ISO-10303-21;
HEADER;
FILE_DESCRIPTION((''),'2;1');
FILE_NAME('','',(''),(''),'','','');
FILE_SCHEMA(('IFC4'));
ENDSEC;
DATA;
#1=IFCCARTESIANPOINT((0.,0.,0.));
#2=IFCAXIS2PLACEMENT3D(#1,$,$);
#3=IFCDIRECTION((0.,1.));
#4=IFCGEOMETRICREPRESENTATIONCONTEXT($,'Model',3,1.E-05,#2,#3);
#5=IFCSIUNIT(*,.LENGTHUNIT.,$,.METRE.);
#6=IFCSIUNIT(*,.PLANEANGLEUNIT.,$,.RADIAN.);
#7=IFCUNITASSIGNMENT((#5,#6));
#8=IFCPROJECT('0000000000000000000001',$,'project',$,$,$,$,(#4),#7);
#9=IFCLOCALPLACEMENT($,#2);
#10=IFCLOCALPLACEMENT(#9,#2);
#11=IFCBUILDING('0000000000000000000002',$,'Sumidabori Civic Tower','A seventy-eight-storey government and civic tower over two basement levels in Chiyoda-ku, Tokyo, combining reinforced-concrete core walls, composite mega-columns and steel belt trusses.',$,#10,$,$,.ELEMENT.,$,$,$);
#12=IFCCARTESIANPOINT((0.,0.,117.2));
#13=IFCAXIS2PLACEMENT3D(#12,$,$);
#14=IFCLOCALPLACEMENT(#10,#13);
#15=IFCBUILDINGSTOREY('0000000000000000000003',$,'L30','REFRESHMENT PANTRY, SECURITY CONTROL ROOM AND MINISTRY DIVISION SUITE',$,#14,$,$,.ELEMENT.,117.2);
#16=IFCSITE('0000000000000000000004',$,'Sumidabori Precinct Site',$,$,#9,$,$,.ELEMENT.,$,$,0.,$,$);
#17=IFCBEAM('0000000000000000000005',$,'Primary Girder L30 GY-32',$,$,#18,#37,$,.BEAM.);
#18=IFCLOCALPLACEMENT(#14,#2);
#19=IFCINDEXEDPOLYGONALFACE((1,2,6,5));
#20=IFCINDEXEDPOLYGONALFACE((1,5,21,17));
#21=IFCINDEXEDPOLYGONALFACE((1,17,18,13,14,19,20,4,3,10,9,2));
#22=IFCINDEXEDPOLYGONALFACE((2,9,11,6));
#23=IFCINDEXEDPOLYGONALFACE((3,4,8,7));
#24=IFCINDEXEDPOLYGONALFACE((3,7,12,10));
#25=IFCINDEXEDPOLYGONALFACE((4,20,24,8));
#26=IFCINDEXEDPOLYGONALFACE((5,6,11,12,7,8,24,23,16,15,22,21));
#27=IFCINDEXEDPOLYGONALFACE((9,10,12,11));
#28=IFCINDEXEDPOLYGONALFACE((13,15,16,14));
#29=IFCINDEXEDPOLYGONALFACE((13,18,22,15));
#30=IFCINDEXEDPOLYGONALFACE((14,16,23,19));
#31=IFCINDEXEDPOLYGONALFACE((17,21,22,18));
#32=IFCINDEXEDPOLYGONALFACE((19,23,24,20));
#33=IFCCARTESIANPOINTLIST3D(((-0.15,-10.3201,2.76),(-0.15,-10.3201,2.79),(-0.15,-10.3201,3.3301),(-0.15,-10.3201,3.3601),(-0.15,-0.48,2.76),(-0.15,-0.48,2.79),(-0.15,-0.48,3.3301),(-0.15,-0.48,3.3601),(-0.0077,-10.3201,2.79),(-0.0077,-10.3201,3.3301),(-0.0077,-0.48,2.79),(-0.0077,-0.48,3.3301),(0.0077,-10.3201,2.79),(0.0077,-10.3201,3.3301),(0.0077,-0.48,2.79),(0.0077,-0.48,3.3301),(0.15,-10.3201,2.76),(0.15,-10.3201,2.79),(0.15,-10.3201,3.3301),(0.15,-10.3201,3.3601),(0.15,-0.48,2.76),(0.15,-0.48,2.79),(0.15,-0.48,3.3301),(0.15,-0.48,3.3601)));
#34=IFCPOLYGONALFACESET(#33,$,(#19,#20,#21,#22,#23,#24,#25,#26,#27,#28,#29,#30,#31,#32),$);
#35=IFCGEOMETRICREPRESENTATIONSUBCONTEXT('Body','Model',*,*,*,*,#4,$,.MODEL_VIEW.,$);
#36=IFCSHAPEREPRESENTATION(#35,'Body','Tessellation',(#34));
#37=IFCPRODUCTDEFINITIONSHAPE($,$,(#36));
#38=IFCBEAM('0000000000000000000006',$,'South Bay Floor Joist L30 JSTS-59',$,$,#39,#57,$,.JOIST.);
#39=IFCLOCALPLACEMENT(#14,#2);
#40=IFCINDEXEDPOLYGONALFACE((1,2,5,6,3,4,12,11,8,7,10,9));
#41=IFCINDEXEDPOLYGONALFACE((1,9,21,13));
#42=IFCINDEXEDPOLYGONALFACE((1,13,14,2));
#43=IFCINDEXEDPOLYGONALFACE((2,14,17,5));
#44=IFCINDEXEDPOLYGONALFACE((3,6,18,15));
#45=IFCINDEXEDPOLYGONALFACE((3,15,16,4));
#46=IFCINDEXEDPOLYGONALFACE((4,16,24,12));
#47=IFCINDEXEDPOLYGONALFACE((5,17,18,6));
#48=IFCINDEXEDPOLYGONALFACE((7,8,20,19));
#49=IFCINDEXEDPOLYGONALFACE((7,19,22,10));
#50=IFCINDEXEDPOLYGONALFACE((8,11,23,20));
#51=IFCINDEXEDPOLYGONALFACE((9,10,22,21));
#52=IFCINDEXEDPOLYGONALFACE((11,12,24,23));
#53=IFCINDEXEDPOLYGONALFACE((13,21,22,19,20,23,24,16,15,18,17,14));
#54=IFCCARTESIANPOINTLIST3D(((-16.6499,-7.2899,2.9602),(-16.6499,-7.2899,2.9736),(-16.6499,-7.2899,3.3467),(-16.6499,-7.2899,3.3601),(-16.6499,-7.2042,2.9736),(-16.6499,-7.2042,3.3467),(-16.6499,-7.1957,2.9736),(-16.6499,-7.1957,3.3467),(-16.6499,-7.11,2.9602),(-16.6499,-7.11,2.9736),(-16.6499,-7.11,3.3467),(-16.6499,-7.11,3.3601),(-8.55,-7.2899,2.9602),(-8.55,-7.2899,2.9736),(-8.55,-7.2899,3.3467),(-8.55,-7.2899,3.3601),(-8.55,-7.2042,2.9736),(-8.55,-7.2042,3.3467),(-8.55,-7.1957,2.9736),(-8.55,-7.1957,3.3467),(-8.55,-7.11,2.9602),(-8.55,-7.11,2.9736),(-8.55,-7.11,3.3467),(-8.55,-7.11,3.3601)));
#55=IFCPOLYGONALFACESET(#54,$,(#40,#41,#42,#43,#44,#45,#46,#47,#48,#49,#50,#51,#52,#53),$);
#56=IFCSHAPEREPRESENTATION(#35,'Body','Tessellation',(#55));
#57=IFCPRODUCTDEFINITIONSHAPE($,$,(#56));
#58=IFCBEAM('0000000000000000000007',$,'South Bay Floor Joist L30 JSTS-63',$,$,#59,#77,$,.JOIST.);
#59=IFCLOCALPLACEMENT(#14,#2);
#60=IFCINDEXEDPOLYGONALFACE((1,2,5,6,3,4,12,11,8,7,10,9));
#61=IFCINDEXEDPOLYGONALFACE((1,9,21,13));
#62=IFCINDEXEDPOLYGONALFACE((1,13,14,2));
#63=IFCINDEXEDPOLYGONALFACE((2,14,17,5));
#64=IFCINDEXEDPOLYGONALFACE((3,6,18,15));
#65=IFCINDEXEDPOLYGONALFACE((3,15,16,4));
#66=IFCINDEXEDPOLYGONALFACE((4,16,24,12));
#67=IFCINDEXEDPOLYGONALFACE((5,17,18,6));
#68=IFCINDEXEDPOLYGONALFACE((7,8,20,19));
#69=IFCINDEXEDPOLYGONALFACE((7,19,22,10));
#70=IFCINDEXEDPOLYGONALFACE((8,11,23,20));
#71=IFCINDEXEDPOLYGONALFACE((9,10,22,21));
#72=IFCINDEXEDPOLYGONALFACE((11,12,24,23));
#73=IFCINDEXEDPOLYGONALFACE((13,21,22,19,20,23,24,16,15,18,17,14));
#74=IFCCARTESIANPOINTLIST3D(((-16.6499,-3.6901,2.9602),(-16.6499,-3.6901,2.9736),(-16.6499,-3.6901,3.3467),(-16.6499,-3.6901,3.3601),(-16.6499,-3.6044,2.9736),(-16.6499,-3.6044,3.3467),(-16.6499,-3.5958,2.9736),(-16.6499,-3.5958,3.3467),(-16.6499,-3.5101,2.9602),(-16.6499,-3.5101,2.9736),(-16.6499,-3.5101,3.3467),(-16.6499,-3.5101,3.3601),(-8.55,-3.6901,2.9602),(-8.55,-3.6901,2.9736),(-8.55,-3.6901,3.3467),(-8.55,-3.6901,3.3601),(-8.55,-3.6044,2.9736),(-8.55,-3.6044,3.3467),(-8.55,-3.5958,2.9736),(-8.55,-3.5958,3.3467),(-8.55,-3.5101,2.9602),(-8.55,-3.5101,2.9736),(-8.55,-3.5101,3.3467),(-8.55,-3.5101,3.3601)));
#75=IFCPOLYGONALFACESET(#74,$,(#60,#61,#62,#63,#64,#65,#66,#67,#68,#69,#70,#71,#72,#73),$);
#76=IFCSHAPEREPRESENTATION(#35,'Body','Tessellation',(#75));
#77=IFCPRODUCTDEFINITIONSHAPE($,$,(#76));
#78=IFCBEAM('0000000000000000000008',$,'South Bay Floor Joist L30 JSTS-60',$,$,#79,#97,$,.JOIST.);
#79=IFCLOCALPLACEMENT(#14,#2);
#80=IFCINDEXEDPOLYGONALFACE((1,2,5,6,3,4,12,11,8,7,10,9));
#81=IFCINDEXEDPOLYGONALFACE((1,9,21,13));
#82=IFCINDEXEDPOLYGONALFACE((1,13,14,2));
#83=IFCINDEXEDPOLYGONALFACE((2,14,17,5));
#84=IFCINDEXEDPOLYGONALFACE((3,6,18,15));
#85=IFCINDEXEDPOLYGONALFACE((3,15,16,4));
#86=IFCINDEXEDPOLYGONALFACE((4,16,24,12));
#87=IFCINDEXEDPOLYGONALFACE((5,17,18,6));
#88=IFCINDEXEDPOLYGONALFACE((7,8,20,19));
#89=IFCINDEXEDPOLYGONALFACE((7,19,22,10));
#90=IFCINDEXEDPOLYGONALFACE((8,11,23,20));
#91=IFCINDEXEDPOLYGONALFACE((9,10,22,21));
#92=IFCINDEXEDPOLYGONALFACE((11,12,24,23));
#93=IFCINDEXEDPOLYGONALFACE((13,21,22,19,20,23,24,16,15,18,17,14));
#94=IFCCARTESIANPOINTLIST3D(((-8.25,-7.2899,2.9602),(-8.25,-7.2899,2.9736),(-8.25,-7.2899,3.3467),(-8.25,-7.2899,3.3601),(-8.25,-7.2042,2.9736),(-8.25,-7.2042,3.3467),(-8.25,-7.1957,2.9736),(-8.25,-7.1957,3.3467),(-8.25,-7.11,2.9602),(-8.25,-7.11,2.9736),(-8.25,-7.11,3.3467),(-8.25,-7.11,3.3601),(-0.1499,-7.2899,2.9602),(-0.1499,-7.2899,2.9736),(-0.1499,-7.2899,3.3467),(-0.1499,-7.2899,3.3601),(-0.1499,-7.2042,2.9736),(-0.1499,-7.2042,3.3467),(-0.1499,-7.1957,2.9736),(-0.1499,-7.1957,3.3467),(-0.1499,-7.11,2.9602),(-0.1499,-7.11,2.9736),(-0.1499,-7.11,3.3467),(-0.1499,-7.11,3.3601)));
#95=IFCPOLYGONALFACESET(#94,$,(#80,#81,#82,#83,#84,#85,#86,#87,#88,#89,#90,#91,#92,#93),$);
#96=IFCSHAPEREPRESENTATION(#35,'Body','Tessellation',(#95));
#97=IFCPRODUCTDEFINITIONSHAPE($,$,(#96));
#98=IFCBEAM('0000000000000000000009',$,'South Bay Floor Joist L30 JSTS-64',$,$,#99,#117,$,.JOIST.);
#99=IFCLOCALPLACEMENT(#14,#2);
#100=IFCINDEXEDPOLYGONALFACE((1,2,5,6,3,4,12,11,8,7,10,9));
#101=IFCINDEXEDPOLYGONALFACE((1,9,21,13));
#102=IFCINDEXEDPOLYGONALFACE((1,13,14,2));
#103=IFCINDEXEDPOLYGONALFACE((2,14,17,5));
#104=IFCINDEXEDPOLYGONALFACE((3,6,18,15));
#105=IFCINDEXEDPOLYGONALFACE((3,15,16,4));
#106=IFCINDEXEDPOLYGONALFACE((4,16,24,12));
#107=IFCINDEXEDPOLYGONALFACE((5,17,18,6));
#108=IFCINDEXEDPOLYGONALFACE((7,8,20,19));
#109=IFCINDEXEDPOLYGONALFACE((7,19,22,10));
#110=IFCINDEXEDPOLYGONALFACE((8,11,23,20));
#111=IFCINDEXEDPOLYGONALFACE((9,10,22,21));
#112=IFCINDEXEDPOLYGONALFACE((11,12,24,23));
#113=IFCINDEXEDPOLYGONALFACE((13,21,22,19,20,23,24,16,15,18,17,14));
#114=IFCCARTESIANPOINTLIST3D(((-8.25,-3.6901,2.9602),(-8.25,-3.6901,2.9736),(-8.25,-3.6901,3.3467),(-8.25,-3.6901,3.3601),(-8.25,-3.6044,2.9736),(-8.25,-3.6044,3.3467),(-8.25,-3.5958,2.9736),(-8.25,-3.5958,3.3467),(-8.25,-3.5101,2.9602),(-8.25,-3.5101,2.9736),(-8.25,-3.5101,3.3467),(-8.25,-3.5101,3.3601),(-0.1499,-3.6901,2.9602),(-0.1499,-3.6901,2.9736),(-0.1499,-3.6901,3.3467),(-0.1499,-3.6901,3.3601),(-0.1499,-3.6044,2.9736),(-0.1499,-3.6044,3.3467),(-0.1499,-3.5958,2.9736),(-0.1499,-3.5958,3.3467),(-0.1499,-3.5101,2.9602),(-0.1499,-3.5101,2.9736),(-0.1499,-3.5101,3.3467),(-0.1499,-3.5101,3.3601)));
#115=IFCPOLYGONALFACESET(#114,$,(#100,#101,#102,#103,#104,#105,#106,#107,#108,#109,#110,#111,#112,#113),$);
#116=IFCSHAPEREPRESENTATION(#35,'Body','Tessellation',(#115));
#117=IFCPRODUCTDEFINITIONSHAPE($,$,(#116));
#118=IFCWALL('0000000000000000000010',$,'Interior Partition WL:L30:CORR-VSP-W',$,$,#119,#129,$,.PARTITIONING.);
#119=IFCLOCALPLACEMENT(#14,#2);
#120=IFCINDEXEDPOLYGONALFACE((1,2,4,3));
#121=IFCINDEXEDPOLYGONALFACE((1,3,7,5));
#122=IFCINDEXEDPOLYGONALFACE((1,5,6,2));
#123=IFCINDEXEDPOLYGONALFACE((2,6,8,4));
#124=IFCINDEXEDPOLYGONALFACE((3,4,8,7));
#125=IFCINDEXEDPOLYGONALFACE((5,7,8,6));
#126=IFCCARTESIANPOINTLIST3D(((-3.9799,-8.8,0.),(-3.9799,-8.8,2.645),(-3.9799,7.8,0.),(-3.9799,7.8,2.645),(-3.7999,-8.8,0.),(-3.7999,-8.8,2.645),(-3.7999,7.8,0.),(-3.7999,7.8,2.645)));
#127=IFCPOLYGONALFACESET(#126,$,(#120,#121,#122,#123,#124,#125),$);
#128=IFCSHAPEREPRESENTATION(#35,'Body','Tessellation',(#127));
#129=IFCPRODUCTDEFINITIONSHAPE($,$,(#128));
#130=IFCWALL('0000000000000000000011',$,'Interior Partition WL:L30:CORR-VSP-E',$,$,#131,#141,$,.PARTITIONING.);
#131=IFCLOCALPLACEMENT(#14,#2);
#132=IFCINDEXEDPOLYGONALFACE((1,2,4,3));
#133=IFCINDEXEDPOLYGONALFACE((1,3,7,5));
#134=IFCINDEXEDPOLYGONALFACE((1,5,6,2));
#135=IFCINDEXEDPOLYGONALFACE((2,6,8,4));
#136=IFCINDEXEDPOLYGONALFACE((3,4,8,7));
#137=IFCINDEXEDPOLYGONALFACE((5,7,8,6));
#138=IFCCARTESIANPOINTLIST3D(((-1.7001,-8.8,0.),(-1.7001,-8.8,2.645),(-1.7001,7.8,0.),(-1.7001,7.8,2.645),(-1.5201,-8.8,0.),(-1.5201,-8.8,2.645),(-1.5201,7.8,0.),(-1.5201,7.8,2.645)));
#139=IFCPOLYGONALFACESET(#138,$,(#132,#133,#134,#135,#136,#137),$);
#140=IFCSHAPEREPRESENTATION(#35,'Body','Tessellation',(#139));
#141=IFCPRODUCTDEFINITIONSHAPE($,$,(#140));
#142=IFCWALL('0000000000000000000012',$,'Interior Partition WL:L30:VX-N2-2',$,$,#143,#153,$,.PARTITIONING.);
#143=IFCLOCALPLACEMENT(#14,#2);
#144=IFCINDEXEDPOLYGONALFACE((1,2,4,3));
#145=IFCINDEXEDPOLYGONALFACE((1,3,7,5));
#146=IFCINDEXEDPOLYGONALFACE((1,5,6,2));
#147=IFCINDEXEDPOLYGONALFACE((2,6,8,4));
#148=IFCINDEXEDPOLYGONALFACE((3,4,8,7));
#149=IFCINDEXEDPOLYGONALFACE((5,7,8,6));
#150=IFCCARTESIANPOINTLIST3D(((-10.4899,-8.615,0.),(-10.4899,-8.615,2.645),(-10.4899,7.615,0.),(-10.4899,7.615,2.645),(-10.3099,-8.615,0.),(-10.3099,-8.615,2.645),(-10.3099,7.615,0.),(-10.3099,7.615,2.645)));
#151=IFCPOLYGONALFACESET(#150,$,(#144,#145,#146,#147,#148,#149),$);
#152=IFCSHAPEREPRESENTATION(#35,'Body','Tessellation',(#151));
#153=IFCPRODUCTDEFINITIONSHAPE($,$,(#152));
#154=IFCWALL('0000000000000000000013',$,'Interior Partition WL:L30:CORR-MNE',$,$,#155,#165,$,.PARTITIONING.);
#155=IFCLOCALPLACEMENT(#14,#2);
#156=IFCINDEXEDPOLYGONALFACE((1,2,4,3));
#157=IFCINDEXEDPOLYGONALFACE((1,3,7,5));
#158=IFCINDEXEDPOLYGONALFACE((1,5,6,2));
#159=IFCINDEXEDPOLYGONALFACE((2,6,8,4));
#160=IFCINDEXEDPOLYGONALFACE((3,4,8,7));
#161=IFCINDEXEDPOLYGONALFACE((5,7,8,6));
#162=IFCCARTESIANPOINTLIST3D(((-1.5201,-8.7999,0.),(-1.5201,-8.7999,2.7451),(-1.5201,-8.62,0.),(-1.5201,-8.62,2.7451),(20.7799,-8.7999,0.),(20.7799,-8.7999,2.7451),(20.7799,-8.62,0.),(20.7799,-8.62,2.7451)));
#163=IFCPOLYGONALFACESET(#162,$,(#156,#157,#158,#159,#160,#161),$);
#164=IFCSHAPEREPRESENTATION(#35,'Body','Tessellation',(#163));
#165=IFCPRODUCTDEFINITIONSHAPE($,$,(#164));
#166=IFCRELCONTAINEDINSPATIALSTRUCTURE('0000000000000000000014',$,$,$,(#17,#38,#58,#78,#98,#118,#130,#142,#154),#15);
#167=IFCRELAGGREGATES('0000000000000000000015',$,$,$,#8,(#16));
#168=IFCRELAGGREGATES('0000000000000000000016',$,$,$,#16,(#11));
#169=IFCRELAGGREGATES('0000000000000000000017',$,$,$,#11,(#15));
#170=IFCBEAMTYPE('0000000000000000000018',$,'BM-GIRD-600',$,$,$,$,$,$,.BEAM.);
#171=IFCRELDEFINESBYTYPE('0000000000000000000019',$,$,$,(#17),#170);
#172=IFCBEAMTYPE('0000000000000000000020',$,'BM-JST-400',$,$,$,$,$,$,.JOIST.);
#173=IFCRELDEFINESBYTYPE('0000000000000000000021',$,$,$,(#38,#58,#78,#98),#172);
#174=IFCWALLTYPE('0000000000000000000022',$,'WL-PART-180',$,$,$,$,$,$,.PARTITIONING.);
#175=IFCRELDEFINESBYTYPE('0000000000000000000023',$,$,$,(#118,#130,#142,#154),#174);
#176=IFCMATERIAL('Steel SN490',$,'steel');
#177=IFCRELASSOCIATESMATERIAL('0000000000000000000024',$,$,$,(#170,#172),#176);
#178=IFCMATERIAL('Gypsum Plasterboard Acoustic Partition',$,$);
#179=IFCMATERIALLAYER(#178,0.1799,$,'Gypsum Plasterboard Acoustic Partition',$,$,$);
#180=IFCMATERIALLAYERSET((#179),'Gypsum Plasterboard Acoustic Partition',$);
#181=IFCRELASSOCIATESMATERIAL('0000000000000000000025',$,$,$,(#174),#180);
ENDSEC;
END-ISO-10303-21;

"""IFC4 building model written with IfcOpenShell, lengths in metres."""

from ifc_helpers import new_model, si_unit, direction, frame, frame_2d, origin, origin_2d, place, context, subcontext, project, spatial, rectangle, i_section, extrude, source, transform, mapped, material, layer, layer_set, material_profile, profile_set, type_object, element, save


model = new_model("IFC4")

# Units and contexts
model_context = context("Model", 3, precision=1e-05, world=origin(), true_north=direction((0.0, 1.0)))
body_context = subcontext(model_context, "Body", "Model", "MODEL_VIEW")
ifc_project = project(units=[si_unit("LENGTHUNIT", "METRE"), si_unit("PLANEANGLEUNIT", "RADIAN")], contexts=[model_context])

# Site, building, storey
site_placement = place(None, origin())
site = spatial("IfcSite", under=ifc_project, at=site_placement, Name="Sumidabori Precinct Site", CompositionType="ELEMENT", RefElevation=0.0)
building_placement = place(site_placement, origin())
building = spatial("IfcBuilding", under=site, at=building_placement, Name="Sumidabori Civic Tower", Description="A seventy-eight-storey government and civic tower over two basement levels in Chiyoda-ku, Tokyo, combining reinforced-concrete core walls, composite mega-columns and steel belt trusses.", CompositionType="ELEMENT")
storey_placement = place(building_placement, frame((0.0, 0.0, 117.2)))
storey = spatial("IfcBuildingStorey", under=building, at=storey_placement, Name="L30", Description="REFRESHMENT PANTRY, SECURITY CONTROL ROOM AND MINISTRY DIVISION SUITE", CompositionType="ELEMENT", Elevation=117.2)

# Beams
ifc_material_1 = material(Name="Steel SN490", Category="steel")
ifc_material_profile_1 = material_profile(ifc_material_1, i_section(OverallWidth=0.3, OverallDepth=0.6001, WebThickness=0.0154, FlangeThickness=0.03, at=origin_2d()), Name="HE 600 B")
ifc_profile_set_1 = profile_set([ifc_material_profile_1], Name="Steel SN490")
beam_type_1 = type_object("IfcBeamType", Name="BM-GIRD-600", PredefinedType="BEAM", material=ifc_profile_set_1)
shared_shape_1 = source(origin(), body_context, "Body", "SweptSolid", [
    extrude(i_section(OverallWidth=0.3, OverallDepth=0.6001, WebThickness=0.0154, FlangeThickness=0.03, at=origin_2d()), origin(), (0.0, 0.0, 1.0), 9.8401),
])
for number, where, z_axis, x_axis, name in (
    (1, (0.0, -10.3201, 3.0601), (0.0, 1.0, 0.0), (-1.0, 0.0, 0.0), "Primary Girder L30 GY-32"),
):
    element("IfcBeam", number, at=place(storey_placement, frame(where, z_axis=z_axis, x_axis=x_axis)), inside=storey, type_object=beam_type_1, Name=name, PredefinedType="BEAM", context=body_context, shape_type="MappedRepresentation", body=[
        mapped(shared_shape_1, transform((0.0, 0.0, 0.0), x_axis=(1.0, 0.0, 0.0), y_axis=(0.0, 1.0, 0.0), z_axis=(0.0, 0.0, 1.0), scale=1.0)),
    ])
ifc_material_profile_2 = material_profile(ifc_material_1, i_section(OverallWidth=0.1799, OverallDepth=0.3999, WebThickness=0.0085, FlangeThickness=0.0134, at=origin_2d()), Name="IPE 400")
ifc_profile_set_2 = profile_set([ifc_material_profile_2], Name="Steel SN490")
beam_type_2 = type_object("IfcBeamType", Name="BM-JST-400", PredefinedType="JOIST", material=ifc_profile_set_2)
shared_shape_2 = source(origin(), body_context, "Body", "SweptSolid", [
    extrude(i_section(OverallWidth=0.1799, OverallDepth=0.3999, WebThickness=0.0085, FlangeThickness=0.0134, at=origin_2d()), origin(), (0.0, 0.0, 1.0), 8.0999),
])
for number, where, z_axis, x_axis, name in (
    (2, (-16.6499, -7.2, 3.1602), (1.0, 0.0, 0.0), (0.0, 1.0, 0.0), "South Bay Floor Joist L30 JSTS-59"),
    (3, (-16.6499, -3.6001, 3.1602), (1.0, 0.0, 0.0), (0.0, 1.0, 0.0), "South Bay Floor Joist L30 JSTS-63"),
):
    element("IfcBeam", number, at=place(storey_placement, frame(where, z_axis=z_axis, x_axis=x_axis)), inside=storey, type_object=beam_type_2, Name=name, PredefinedType="JOIST", context=body_context, shape_type="MappedRepresentation", body=[
        mapped(shared_shape_2, transform((0.0, 0.0, 0.0), x_axis=(1.0, 0.0, 0.0), y_axis=(0.0, 1.0, 0.0), z_axis=(0.0, 0.0, 1.0), scale=1.0)),
    ])
shared_shape_3 = source(origin(), body_context, "Body", "SweptSolid", [
    extrude(i_section(OverallWidth=0.1799, OverallDepth=0.3999, WebThickness=0.0085, FlangeThickness=0.0134, at=origin_2d()), origin(), (0.0, 0.0, 1.0), 8.1001),
])
for number, where, z_axis, x_axis, name in (
    (4, (-8.25, -7.2, 3.1602), (1.0, 0.0, 0.0), (0.0, 1.0, 0.0), "South Bay Floor Joist L30 JSTS-60"),
    (5, (-8.25, -3.6001, 3.1602), (1.0, 0.0, 0.0), (0.0, 1.0, 0.0), "South Bay Floor Joist L30 JSTS-64"),
):
    element("IfcBeam", number, at=place(storey_placement, frame(where, z_axis=z_axis, x_axis=x_axis)), inside=storey, type_object=beam_type_2, Name=name, PredefinedType="JOIST", context=body_context, shape_type="MappedRepresentation", body=[
        mapped(shared_shape_3, transform((0.0, 0.0, 0.0), x_axis=(1.0, 0.0, 0.0), y_axis=(0.0, 1.0, 0.0), z_axis=(0.0, 0.0, 1.0), scale=1.0)),
    ])

# Walls
ifc_material_2 = material(Name="Gypsum Plasterboard Acoustic Partition")
ifc_layer = layer(ifc_material_2, 0.1799, Name="Gypsum Plasterboard Acoustic Partition")
ifc_layer_set = layer_set([ifc_layer], Name="Gypsum Plasterboard Acoustic Partition")
wall_type = type_object("IfcWallType", Name="WL-PART-180", PredefinedType="PARTITIONING", material=ifc_layer_set)
shared_shape_4 = source(origin(), body_context, "Body", "SweptSolid", [
    extrude(rectangle(XDim=16.6001, YDim=0.1799, at=frame_2d((8.3, 0.0))), origin(), (0.0, 0.0, 1.0), 2.645),
])
for number, where, z_axis, x_axis, name in (
    (6, (-3.8899, -8.8, 0.0), (0.0, 0.0, 1.0), (0.0, 1.0, 0.0), "Interior Partition WL:L30:CORR-VSP-W"),
    (7, (-1.6101, -8.8, 0.0), (0.0, 0.0, 1.0), (0.0, 1.0, 0.0), "Interior Partition WL:L30:CORR-VSP-E"),
):
    element("IfcWall", number, at=place(storey_placement, frame(where, z_axis=z_axis, x_axis=x_axis)), inside=storey, type_object=wall_type, Name=name, PredefinedType="PARTITIONING", context=body_context, shape_type="MappedRepresentation", body=[
        mapped(shared_shape_4, transform((0.0, 0.0, 0.0), x_axis=(1.0, 0.0, 0.0), y_axis=(0.0, 1.0, 0.0), z_axis=(0.0, 0.0, 1.0), scale=1.0)),
    ])
shared_shape_5 = source(origin(), body_context, "Body", "SweptSolid", [
    extrude(rectangle(XDim=16.23, YDim=0.1799, at=frame_2d((8.115, 0.0))), origin(), (0.0, 0.0, 1.0), 2.645),
])
wall_1_placement = place(storey_placement, frame((-10.3999, -8.615, 0.0), z_axis=(0.0, 0.0, 1.0), x_axis=(0.0, 1.0, 0.0)))
element("IfcWall", 8, at=wall_1_placement, inside=storey, type_object=wall_type, Name="Interior Partition WL:L30:VX-N2-2", PredefinedType="PARTITIONING", context=body_context, shape_type="MappedRepresentation", body=[
    mapped(shared_shape_5, transform((0.0, 0.0, 0.0), x_axis=(1.0, 0.0, 0.0), y_axis=(0.0, 1.0, 0.0), z_axis=(0.0, 0.0, 1.0), scale=1.0)),
])
shared_shape_6 = source(origin(), body_context, "Body", "SweptSolid", [
    extrude(rectangle(XDim=22.3, YDim=0.1799, at=frame_2d((11.1499, 0.0))), origin(), (0.0, 0.0, 1.0), 2.7451),
])
wall_2_placement = place(storey_placement, frame((-1.52, -8.71, 0.0), z_axis=(0.0, 0.0, 1.0), x_axis=(1.0, 0.0, 0.0)))
element("IfcWall", 9, at=wall_2_placement, inside=storey, type_object=wall_type, Name="Interior Partition WL:L30:CORR-MNE", PredefinedType="PARTITIONING", context=body_context, shape_type="MappedRepresentation", body=[
    mapped(shared_shape_6, transform((0.0, 0.0, 0.0), x_axis=(1.0, 0.0, 0.0), y_axis=(0.0, 1.0, 0.0), z_axis=(0.0, 0.0, 1.0), scale=1.0)),
])

save(model, "model.ifc")
